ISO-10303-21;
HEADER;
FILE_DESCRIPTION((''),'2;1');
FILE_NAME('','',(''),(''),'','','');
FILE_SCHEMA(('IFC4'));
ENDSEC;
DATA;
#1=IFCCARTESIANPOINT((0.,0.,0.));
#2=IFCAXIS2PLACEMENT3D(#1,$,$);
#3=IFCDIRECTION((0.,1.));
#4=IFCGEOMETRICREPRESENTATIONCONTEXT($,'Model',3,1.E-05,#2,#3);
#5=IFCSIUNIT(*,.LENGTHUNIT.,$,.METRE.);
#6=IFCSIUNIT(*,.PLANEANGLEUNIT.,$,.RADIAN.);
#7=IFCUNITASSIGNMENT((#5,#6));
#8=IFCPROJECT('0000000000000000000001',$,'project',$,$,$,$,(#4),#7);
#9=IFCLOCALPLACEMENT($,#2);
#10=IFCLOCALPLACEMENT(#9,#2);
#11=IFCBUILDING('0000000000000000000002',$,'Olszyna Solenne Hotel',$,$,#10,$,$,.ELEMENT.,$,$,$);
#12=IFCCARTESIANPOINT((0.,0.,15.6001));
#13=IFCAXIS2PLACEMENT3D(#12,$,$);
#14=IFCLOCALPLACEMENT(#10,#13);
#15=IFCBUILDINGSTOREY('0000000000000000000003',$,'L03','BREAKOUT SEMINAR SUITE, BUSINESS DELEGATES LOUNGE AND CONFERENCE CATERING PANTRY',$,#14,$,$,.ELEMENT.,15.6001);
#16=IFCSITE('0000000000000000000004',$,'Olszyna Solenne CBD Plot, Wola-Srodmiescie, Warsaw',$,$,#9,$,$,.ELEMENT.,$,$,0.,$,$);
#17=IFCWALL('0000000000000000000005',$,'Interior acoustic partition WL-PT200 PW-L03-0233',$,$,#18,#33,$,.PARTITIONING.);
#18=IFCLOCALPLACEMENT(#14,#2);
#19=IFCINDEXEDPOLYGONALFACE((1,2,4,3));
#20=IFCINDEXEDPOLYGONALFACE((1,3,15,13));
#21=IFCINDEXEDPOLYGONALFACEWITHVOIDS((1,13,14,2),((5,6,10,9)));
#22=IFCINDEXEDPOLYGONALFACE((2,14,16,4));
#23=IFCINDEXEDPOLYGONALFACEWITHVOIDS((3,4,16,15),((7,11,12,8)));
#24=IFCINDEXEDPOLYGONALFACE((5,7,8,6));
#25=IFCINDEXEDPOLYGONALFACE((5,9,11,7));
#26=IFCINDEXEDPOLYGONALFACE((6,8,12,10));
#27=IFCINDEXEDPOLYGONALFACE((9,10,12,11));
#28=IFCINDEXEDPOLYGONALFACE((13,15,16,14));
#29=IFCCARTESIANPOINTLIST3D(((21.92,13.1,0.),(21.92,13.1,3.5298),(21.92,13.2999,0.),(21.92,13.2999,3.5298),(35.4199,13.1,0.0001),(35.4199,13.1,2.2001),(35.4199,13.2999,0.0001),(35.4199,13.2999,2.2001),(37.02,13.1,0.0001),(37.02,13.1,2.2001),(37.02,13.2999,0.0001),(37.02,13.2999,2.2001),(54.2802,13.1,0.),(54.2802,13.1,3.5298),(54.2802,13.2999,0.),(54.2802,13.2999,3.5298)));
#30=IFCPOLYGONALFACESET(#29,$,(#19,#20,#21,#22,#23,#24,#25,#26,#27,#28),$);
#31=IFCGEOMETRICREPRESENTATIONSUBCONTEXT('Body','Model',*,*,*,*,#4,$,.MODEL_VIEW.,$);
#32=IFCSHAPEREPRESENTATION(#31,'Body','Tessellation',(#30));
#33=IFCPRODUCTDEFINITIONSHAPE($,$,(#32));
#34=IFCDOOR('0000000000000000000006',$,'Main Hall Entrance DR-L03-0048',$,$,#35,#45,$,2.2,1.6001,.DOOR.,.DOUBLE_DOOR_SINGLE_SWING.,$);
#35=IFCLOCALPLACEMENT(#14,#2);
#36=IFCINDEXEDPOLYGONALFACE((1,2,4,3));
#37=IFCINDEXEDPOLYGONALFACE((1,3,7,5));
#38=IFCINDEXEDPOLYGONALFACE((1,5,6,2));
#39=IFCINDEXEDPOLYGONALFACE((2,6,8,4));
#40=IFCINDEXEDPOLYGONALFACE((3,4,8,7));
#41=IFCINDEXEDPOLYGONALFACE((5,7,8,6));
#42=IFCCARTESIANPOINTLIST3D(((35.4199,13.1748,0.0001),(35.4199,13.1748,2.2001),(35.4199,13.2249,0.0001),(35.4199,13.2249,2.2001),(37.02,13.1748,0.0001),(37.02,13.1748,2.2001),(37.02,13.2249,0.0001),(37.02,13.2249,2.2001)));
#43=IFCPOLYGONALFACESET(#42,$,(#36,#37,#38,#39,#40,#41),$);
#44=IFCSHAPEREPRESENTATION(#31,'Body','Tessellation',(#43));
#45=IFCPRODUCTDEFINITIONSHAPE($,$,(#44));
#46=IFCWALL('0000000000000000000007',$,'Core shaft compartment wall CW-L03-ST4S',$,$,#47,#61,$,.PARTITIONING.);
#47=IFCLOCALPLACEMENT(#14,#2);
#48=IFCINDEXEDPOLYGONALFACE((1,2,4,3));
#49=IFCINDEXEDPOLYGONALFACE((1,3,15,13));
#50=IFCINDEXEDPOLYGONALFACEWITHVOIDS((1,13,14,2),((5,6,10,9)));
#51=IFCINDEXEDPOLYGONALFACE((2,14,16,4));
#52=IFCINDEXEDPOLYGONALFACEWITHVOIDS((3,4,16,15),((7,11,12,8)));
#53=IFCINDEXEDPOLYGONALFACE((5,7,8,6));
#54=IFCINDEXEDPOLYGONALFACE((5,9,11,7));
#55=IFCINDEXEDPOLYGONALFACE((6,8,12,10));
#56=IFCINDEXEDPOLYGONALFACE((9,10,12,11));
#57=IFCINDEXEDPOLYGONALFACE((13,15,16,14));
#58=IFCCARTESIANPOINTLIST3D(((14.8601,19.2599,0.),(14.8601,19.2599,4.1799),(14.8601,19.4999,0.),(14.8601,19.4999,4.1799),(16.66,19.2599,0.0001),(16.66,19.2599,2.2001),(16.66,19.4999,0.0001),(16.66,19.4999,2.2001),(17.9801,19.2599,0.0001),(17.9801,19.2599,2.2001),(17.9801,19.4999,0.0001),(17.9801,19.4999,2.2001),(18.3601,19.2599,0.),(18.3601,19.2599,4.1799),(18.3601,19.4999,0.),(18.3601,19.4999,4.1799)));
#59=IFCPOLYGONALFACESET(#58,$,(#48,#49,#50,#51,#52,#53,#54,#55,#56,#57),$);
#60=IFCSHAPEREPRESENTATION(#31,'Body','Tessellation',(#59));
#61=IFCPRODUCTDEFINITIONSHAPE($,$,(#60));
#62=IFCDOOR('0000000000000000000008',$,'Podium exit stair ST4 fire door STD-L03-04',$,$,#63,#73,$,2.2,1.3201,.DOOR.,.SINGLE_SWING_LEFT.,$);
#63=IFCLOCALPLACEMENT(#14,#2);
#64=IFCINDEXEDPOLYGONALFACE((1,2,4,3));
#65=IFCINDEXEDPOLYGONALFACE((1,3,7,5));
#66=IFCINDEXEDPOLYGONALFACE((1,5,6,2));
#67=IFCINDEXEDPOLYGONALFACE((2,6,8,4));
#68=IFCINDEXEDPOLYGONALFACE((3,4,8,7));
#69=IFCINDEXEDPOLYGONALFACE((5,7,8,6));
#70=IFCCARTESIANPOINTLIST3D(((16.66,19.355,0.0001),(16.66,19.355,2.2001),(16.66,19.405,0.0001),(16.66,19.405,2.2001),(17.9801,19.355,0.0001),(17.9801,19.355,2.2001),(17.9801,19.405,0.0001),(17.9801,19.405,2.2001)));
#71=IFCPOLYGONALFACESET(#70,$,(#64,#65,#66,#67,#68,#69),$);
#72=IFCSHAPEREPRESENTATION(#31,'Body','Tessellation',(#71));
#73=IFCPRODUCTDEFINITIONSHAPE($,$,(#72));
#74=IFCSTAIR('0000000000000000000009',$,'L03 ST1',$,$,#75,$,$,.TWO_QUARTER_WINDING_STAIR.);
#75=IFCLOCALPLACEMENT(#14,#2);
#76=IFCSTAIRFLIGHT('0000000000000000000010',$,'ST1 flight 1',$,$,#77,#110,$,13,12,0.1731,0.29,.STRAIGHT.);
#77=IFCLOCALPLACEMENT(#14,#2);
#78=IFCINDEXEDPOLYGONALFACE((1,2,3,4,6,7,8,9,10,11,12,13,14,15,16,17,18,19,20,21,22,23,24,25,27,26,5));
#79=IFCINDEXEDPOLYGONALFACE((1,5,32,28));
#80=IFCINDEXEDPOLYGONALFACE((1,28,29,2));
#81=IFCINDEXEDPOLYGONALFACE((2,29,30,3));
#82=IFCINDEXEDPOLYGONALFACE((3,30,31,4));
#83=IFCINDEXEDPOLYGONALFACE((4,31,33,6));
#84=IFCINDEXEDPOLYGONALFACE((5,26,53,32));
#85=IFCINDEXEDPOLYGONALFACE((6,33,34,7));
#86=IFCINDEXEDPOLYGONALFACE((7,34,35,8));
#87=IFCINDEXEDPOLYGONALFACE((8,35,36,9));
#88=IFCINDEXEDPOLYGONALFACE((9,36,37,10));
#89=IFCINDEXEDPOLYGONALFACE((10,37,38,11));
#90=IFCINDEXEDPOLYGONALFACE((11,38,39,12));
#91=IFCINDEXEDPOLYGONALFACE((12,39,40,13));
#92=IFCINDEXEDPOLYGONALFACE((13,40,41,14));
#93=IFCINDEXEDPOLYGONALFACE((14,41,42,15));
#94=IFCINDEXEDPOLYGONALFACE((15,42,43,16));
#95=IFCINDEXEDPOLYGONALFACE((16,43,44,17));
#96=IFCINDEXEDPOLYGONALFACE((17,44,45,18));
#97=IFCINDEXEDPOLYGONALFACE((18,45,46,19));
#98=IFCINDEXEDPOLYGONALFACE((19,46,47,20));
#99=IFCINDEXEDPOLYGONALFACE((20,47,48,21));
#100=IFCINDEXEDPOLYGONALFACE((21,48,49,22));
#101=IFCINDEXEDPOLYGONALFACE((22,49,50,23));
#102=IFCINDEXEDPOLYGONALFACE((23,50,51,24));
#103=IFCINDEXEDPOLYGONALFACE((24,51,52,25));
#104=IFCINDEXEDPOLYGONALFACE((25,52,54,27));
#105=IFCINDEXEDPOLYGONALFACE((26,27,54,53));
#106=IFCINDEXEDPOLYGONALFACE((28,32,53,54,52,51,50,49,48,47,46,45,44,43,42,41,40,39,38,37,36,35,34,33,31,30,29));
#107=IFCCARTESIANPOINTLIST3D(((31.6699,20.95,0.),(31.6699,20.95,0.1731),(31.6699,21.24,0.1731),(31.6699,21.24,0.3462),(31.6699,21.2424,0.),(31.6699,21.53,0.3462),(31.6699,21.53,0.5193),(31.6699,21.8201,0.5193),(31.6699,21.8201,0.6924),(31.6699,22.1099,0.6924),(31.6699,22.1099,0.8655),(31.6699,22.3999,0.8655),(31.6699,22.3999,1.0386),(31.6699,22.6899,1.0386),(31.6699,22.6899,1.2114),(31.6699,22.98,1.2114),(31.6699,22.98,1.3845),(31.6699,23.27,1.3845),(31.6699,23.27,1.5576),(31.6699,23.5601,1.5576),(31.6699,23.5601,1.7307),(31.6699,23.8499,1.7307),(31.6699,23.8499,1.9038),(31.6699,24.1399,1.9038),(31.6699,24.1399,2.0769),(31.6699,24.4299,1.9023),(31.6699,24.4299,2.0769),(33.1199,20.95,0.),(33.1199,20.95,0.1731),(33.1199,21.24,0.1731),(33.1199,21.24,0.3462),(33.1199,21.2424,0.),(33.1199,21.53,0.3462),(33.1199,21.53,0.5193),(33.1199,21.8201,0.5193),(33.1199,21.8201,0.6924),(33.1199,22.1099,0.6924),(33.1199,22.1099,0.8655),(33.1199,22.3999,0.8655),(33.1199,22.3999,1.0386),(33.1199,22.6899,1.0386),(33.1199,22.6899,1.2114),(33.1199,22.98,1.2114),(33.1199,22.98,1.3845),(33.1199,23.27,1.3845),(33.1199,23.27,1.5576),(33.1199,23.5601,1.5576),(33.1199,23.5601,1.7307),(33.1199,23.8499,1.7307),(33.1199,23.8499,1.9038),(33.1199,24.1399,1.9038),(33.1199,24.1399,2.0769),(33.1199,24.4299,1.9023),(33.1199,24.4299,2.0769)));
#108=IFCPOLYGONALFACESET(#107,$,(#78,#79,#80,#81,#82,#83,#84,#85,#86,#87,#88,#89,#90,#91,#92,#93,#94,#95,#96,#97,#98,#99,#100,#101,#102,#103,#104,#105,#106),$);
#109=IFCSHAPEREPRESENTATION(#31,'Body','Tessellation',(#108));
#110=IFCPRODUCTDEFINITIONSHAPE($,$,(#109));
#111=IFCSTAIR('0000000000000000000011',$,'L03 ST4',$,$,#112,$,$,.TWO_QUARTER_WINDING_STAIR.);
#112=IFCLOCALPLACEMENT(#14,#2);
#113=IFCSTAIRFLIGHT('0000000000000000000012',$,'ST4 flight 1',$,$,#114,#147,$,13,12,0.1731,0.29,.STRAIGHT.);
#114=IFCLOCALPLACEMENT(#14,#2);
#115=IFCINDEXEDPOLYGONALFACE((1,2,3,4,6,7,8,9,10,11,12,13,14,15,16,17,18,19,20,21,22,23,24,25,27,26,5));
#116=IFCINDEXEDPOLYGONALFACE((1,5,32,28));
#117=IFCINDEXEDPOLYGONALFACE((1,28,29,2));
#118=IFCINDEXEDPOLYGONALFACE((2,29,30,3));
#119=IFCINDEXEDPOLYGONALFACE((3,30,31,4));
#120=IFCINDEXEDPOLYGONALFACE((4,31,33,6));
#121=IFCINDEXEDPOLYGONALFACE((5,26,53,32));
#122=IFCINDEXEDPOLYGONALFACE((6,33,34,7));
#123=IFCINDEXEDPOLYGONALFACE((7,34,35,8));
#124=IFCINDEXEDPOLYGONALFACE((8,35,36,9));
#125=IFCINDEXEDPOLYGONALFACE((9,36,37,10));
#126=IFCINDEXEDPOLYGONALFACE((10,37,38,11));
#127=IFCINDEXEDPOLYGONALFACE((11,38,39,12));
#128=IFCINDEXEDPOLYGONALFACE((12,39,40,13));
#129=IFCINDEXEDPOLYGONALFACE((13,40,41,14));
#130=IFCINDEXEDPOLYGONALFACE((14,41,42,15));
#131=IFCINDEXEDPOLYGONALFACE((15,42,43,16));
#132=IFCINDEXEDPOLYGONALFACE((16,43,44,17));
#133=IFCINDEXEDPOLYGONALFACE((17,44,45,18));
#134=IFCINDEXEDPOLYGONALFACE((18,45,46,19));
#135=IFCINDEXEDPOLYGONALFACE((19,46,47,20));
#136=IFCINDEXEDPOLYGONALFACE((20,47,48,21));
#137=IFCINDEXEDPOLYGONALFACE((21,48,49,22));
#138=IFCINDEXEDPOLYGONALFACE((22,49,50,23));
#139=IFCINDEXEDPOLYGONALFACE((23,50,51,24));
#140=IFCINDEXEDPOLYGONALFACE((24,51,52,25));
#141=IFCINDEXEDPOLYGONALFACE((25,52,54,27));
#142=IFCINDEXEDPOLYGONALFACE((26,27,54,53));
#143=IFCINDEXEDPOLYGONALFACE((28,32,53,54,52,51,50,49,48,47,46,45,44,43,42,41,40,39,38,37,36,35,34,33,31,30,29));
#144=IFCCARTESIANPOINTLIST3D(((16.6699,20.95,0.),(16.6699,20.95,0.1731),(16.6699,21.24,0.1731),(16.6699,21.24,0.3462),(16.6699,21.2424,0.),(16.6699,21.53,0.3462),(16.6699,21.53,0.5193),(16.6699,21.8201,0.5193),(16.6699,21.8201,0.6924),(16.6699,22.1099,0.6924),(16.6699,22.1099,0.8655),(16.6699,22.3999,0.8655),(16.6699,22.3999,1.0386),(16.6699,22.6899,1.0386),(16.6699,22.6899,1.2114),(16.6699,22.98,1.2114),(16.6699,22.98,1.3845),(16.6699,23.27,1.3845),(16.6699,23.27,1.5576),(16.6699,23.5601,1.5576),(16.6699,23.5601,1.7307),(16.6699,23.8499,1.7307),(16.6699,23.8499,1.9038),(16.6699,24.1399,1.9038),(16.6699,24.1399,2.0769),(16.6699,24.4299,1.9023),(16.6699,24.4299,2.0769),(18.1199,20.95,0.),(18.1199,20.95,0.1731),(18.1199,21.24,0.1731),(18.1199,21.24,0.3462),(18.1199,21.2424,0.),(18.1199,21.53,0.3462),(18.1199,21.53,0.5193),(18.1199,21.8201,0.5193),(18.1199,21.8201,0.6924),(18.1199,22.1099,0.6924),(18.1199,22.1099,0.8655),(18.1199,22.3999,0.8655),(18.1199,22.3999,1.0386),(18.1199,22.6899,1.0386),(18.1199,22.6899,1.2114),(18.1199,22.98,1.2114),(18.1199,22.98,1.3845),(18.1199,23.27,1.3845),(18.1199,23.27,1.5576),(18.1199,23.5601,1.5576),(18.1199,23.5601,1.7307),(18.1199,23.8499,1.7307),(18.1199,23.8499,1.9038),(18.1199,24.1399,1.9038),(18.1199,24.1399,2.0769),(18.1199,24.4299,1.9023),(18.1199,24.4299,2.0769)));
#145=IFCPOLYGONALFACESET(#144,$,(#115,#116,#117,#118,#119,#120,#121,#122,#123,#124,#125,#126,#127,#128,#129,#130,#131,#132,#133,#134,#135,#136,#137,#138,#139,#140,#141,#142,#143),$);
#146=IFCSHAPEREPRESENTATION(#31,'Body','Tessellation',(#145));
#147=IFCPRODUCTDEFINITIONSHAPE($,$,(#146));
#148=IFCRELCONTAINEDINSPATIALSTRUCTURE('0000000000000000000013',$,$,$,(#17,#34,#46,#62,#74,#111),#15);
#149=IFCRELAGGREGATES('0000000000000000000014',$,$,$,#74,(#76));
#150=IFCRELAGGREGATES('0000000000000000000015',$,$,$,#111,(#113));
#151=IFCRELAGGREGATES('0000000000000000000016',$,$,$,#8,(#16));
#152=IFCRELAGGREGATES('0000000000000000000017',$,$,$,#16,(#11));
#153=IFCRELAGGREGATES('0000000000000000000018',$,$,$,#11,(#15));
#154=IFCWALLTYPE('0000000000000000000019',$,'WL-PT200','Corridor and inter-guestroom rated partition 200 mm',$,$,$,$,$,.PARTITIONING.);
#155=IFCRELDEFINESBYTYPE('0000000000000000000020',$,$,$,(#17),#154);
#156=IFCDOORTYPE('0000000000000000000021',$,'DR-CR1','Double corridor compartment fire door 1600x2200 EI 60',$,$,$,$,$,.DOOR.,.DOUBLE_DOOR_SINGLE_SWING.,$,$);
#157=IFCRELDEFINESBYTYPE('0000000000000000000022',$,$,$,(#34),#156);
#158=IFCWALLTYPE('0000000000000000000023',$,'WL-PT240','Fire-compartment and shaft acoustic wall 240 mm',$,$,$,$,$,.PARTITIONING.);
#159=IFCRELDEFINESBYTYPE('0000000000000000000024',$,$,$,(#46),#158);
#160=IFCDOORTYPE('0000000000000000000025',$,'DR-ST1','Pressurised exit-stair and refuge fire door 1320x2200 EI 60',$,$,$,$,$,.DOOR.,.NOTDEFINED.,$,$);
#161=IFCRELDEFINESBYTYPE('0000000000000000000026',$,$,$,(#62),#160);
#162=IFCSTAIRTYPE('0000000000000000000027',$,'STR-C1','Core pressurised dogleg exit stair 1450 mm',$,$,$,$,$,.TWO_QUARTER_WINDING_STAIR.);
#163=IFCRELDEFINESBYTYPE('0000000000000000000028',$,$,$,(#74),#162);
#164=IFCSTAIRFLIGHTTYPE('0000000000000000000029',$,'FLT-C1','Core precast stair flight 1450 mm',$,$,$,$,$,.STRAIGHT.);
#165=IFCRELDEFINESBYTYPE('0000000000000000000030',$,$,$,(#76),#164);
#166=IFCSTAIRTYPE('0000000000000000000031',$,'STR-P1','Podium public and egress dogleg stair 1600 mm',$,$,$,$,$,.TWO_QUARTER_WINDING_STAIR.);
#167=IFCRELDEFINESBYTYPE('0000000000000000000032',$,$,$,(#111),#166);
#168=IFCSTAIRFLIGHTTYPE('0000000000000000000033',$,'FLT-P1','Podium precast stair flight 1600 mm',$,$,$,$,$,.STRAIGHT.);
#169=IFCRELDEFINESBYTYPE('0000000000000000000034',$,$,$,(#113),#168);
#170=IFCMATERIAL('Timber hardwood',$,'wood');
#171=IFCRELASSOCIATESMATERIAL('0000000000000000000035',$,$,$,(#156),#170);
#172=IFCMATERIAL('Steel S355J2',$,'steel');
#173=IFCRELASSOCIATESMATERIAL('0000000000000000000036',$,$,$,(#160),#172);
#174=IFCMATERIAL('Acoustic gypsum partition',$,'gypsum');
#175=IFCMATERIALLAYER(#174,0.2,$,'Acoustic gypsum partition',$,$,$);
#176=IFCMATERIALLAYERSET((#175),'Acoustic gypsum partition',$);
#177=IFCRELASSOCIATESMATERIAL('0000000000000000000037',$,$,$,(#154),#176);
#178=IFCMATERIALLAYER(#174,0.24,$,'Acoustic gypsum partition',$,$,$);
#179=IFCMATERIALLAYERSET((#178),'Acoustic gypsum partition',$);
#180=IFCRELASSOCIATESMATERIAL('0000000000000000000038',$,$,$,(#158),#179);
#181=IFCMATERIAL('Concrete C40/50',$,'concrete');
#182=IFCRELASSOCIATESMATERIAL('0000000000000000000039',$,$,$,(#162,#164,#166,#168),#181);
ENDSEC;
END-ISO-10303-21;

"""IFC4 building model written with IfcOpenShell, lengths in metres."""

from ifc_helpers import new_model, si_unit, direction, frame, frame_2d, origin, place, context, subcontext, project, spatial, polyline, rectangle, outline, extrude, source, transform, mapped, material, layer, layer_set, type_object, type_shapes, element, fill, aggregate, save


model = new_model("IFC4")

# Units and contexts
model_context = context("Model", 3, precision=1e-05, world=origin(), true_north=direction((0.0, 1.0)))
body_context = subcontext(model_context, "Body", "Model", "MODEL_VIEW")
ifc_project = project(units=[si_unit("LENGTHUNIT", "METRE"), si_unit("PLANEANGLEUNIT", "RADIAN")], contexts=[model_context])

# Site, building, storey
site_placement = place(None, origin())
site = spatial("IfcSite", under=ifc_project, at=site_placement, Name="Olszyna Solenne CBD Plot, Wola-Srodmiescie, Warsaw", CompositionType="ELEMENT", RefElevation=0.0)
building_placement = place(site_placement, origin())
building = spatial("IfcBuilding", under=site, at=building_placement, Name="Olszyna Solenne Hotel", CompositionType="ELEMENT")
storey_placement = place(building_placement, frame((0.0, 0.0, 15.6001)))
storey = spatial("IfcBuildingStorey", under=building, at=storey_placement, Name="L03", Description="BREAKOUT SEMINAR SUITE, BUSINESS DELEGATES LOUNGE AND CONFERENCE CATERING PANTRY", CompositionType="ELEMENT", Elevation=15.6001)

# Shared definitions
ifc_material_1 = material(Name="Steel S355J2", Category="steel")

# Shared definitions
ifc_material_2 = material(Name="Timber hardwood", Category="wood")
door_type_1 = type_object("IfcDoorType", Name="DR-CR1", Description="Double corridor compartment fire door 1600x2200 EI 60", OperationType="DOUBLE_DOOR_SINGLE_SWING", PredefinedType="DOOR", material=ifc_material_2)
shared_shape_1 = source(origin(), body_context, "Body", "SweptSolid", [
    extrude(rectangle(XDim=1.6001, YDim=2.2, at=frame_2d((0.8, 1.1001))), frame((0.0, 0.0249, 0.0), z_axis=(0.0, -1.0, 0.0), x_axis=(1.0, 0.0, 0.0)), (0.0, 0.0, 1.0), 0.05),
])
type_shapes(door_type_1, [shared_shape_1])

# Shared definitions
ifc_material_3 = material(Name="Acoustic gypsum partition", Category="gypsum")
door_type_2 = type_object("IfcDoorType", Name="DR-ST1", Description="Pressurised exit-stair and refuge fire door 1320x2200 EI 60", OperationType="NOTDEFINED", PredefinedType="DOOR", material=ifc_material_1)
shared_shape_2 = source(origin(), body_context, "Body", "SweptSolid", [
    extrude(rectangle(XDim=1.3201, YDim=2.2, at=frame_2d((0.6602, 1.1001))), frame((0.0, 0.0249, 0.0), z_axis=(0.0, -1.0, 0.0), x_axis=(1.0, 0.0, 0.0)), (0.0, 0.0, 1.0), 0.05),
])
type_shapes(door_type_2, [shared_shape_2])

# Shared definitions
ifc_layer_1 = layer(ifc_material_3, 0.2, Name="Acoustic gypsum partition")
ifc_layer_set_1 = layer_set([ifc_layer_1], Name="Acoustic gypsum partition")
wall_type_1 = type_object("IfcWallType", Name="WL-PT200", Description="Corridor and inter-guestroom rated partition 200 mm", PredefinedType="PARTITIONING", material=ifc_layer_set_1)

# Walls, openings, doors
wall_1_placement = place(storey_placement, frame((21.9199, 13.2, 0.0), z_axis=(0.0, 0.0, 1.0), x_axis=(1.0, 0.0, 0.0)))
wall_1 = element("IfcWall", 1, at=wall_1_placement, inside=storey, type_object=wall_type_1, Name="Interior acoustic partition WL-PT200 PW-L03-0233", PredefinedType="PARTITIONING", context=body_context, shape_type="SweptSolid", body=[
    extrude(rectangle(XDim=32.3601, YDim=0.2, at=frame_2d((16.1802, 0.0))), origin(), (0.0, 0.0, 1.0), 3.5298),
])
opening_1_placement = place(wall_1_placement, frame((13.5, 0.0, 0.0)))
opening_1 = element("IfcOpeningElement", 2, at=opening_1_placement, cuts=wall_1, PredefinedType="OPENING", context=body_context, shape_type="SweptSolid", body=[
    extrude(rectangle(XDim=1.6001, YDim=2.2, at=frame_2d((0.8, 1.1001))), frame((0.0, 0.1099, 0.0), z_axis=(0.0, -1.0, 0.0), x_axis=(1.0, 0.0, 0.0)), (0.0, 0.0, 1.0), 0.22),
])
door_1_placement = place(opening_1_placement, origin())
door_1 = element("IfcDoor", 3, at=door_1_placement, inside=storey, type_object=door_type_1, Name="Main Hall Entrance DR-L03-0048", OperationType="DOUBLE_DOOR_SINGLE_SWING", OverallHeight=2.2, OverallWidth=1.6001, PredefinedType="DOOR", context=body_context, shape_type="MappedRepresentation", body=[
    mapped(shared_shape_1, transform((0.0, 0.0, 0.0), x_axis=(1.0, 0.0, 0.0), y_axis=(0.0, 1.0, 0.0), z_axis=(0.0, 0.0, 1.0), scale=1.0)),
])
fill(opening_1, door_1)
ifc_layer_2 = layer(ifc_material_3, 0.24, Name="Acoustic gypsum partition")
ifc_layer_set_2 = layer_set([ifc_layer_2], Name="Acoustic gypsum partition")
wall_type_2 = type_object("IfcWallType", Name="WL-PT240", Description="Fire-compartment and shaft acoustic wall 240 mm", PredefinedType="PARTITIONING", material=ifc_layer_set_2)
wall_2_placement = place(storey_placement, frame((18.3601, 19.3799, 0.0), z_axis=(0.0, 0.0, 1.0), x_axis=(-1.0, 0.0, 0.0)))
wall_2 = element("IfcWall", 4, at=wall_2_placement, inside=storey, type_object=wall_type_2, Name="Core shaft compartment wall CW-L03-ST4S", PredefinedType="PARTITIONING", context=body_context, shape_type="SweptSolid", body=[
    extrude(rectangle(XDim=3.5, YDim=0.24, at=frame_2d((1.75, 0.0))), origin(), (0.0, 0.0, 1.0), 4.1799),
])
opening_2_placement = place(wall_2_placement, frame((0.3799, 0.0, 0.0)))
opening_2 = element("IfcOpeningElement", 5, at=opening_2_placement, cuts=wall_2, PredefinedType="OPENING", context=body_context, shape_type="SweptSolid", body=[
    extrude(rectangle(XDim=1.3201, YDim=2.2, at=frame_2d((0.6602, 1.1001))), frame((0.0, 0.1299, 0.0), z_axis=(0.0, -1.0, 0.0), x_axis=(1.0, 0.0, 0.0)), (0.0, 0.0, 1.0), 0.26),
])
door_2_placement = place(opening_2_placement, origin())
door_2 = element("IfcDoor", 6, at=door_2_placement, inside=storey, type_object=door_type_2, Name="Podium exit stair ST4 fire door STD-L03-04", OperationType="SINGLE_SWING_LEFT", OverallHeight=2.2, OverallWidth=1.3201, PredefinedType="DOOR", context=body_context, shape_type="MappedRepresentation", body=[
    mapped(shared_shape_2, transform((0.0, 0.0, 0.0), x_axis=(1.0, 0.0, 0.0), y_axis=(0.0, 1.0, 0.0), z_axis=(0.0, 0.0, 1.0), scale=1.0)),
])
fill(opening_2, door_2)

# Stairs, stair flights
ifc_material_4 = material(Name="Concrete C40/50", Category="concrete")
stair_type_1 = type_object("IfcStairType", Name="STR-C1", Description="Core pressurised dogleg exit stair 1450 mm", PredefinedType="TWO_QUARTER_WINDING_STAIR", material=ifc_material_4)
stair_1_placement = place(storey_placement, origin())
stair_1 = element("IfcStair", 7, at=stair_1_placement, inside=storey, type_object=stair_type_1, Name="L03 ST1", PredefinedType="TWO_QUARTER_WINDING_STAIR")
stair_flight_type_1 = type_object("IfcStairFlightType", Name="FLT-C1", Description="Core precast stair flight 1450 mm", PredefinedType="STRAIGHT", material=ifc_material_4)
stair_flight_1_placement = place(storey_placement, frame((32.395, 20.95, 0.0), z_axis=(0.0, 0.0, 1.0), x_axis=(0.0, 1.0, 0.0)))
stair_flight_1 = element("IfcStairFlight", 8, at=stair_flight_1_placement, type_object=stair_flight_type_1, Name="ST1 flight 1", NumberOfRisers=13, NumberOfTreads=12, PredefinedType="STRAIGHT", RiserHeight=0.1731, TreadLength=0.29, context=body_context, shape_type="SweptSolid", body=[
    extrude(outline(polyline([(0.0, 0.0), (0.0, 0.1731), (0.29, 0.1731), (0.29, 0.3462), (0.5801, 0.3462), (0.5801, 0.5193), (0.8701, 0.5193), (0.8701, 0.6924), (1.1599, 0.6924), (1.1599, 0.8655), (1.45, 0.8655), (1.45, 1.0386), (1.74, 1.0386), (1.74, 1.2114), (2.03, 1.2114), (2.03, 1.3845), (2.3201, 1.3845), (2.3201, 1.5576), (2.6101, 1.5576), (2.6101, 1.7307), (2.8999, 1.7307), (2.8999, 1.9038), (3.1899, 1.9038), (3.1899, 2.0769), (3.48, 2.0769), (3.48, 2.25), (3.48, 1.9023), (0.2925, 0.0), (0.0, 0.0)])), frame((0.0, 0.7251, 0.0), z_axis=(0.0, -1.0, 0.0), x_axis=(1.0, 0.0, 0.0)), (0.0, 0.0, 1.0), 1.45),
])
aggregate(stair_1, [stair_flight_1])
stair_type_2 = type_object("IfcStairType", Name="STR-P1", Description="Podium public and egress dogleg stair 1600 mm", PredefinedType="TWO_QUARTER_WINDING_STAIR", material=ifc_material_4)
stair_2_placement = place(storey_placement, origin())
stair_2 = element("IfcStair", 9, at=stair_2_placement, inside=storey, type_object=stair_type_2, Name="L03 ST4", PredefinedType="TWO_QUARTER_WINDING_STAIR")
stair_flight_type_2 = type_object("IfcStairFlightType", Name="FLT-P1", Description="Podium precast stair flight 1600 mm", PredefinedType="STRAIGHT", material=ifc_material_4)
stair_flight_2_placement = place(storey_placement, frame((17.395, 20.95, 0.0), z_axis=(0.0, 0.0, 1.0), x_axis=(0.0, 1.0, 0.0)))
stair_flight_2 = element("IfcStairFlight", 10, at=stair_flight_2_placement, type_object=stair_flight_type_2, Name="ST4 flight 1", NumberOfRisers=13, NumberOfTreads=12, PredefinedType="STRAIGHT", RiserHeight=0.1731, TreadLength=0.29, context=body_context, shape_type="SweptSolid", body=[
    extrude(outline(polyline([(0.0, 0.0), (0.0, 0.1731), (0.29, 0.1731), (0.29, 0.3462), (0.5801, 0.3462), (0.5801, 0.5193), (0.8701, 0.5193), (0.8701, 0.6924), (1.1599, 0.6924), (1.1599, 0.8655), (1.45, 0.8655), (1.45, 1.0386), (1.74, 1.0386), (1.74, 1.2114), (2.03, 1.2114), (2.03, 1.3845), (2.3201, 1.3845), (2.3201, 1.5576), (2.6101, 1.5576), (2.6101, 1.7307), (2.8999, 1.7307), (2.8999, 1.9038), (3.1899, 1.9038), (3.1899, 2.0769), (3.48, 2.0769), (3.48, 2.25), (3.48, 1.9023), (0.2925, 0.0), (0.0, 0.0)])), frame((0.0, 0.7251, 0.0), z_axis=(0.0, -1.0, 0.0), x_axis=(1.0, 0.0, 0.0)), (0.0, 0.0, 1.0), 1.45),
])
aggregate(stair_2, [stair_flight_2])

save(model, "model.ifc")
